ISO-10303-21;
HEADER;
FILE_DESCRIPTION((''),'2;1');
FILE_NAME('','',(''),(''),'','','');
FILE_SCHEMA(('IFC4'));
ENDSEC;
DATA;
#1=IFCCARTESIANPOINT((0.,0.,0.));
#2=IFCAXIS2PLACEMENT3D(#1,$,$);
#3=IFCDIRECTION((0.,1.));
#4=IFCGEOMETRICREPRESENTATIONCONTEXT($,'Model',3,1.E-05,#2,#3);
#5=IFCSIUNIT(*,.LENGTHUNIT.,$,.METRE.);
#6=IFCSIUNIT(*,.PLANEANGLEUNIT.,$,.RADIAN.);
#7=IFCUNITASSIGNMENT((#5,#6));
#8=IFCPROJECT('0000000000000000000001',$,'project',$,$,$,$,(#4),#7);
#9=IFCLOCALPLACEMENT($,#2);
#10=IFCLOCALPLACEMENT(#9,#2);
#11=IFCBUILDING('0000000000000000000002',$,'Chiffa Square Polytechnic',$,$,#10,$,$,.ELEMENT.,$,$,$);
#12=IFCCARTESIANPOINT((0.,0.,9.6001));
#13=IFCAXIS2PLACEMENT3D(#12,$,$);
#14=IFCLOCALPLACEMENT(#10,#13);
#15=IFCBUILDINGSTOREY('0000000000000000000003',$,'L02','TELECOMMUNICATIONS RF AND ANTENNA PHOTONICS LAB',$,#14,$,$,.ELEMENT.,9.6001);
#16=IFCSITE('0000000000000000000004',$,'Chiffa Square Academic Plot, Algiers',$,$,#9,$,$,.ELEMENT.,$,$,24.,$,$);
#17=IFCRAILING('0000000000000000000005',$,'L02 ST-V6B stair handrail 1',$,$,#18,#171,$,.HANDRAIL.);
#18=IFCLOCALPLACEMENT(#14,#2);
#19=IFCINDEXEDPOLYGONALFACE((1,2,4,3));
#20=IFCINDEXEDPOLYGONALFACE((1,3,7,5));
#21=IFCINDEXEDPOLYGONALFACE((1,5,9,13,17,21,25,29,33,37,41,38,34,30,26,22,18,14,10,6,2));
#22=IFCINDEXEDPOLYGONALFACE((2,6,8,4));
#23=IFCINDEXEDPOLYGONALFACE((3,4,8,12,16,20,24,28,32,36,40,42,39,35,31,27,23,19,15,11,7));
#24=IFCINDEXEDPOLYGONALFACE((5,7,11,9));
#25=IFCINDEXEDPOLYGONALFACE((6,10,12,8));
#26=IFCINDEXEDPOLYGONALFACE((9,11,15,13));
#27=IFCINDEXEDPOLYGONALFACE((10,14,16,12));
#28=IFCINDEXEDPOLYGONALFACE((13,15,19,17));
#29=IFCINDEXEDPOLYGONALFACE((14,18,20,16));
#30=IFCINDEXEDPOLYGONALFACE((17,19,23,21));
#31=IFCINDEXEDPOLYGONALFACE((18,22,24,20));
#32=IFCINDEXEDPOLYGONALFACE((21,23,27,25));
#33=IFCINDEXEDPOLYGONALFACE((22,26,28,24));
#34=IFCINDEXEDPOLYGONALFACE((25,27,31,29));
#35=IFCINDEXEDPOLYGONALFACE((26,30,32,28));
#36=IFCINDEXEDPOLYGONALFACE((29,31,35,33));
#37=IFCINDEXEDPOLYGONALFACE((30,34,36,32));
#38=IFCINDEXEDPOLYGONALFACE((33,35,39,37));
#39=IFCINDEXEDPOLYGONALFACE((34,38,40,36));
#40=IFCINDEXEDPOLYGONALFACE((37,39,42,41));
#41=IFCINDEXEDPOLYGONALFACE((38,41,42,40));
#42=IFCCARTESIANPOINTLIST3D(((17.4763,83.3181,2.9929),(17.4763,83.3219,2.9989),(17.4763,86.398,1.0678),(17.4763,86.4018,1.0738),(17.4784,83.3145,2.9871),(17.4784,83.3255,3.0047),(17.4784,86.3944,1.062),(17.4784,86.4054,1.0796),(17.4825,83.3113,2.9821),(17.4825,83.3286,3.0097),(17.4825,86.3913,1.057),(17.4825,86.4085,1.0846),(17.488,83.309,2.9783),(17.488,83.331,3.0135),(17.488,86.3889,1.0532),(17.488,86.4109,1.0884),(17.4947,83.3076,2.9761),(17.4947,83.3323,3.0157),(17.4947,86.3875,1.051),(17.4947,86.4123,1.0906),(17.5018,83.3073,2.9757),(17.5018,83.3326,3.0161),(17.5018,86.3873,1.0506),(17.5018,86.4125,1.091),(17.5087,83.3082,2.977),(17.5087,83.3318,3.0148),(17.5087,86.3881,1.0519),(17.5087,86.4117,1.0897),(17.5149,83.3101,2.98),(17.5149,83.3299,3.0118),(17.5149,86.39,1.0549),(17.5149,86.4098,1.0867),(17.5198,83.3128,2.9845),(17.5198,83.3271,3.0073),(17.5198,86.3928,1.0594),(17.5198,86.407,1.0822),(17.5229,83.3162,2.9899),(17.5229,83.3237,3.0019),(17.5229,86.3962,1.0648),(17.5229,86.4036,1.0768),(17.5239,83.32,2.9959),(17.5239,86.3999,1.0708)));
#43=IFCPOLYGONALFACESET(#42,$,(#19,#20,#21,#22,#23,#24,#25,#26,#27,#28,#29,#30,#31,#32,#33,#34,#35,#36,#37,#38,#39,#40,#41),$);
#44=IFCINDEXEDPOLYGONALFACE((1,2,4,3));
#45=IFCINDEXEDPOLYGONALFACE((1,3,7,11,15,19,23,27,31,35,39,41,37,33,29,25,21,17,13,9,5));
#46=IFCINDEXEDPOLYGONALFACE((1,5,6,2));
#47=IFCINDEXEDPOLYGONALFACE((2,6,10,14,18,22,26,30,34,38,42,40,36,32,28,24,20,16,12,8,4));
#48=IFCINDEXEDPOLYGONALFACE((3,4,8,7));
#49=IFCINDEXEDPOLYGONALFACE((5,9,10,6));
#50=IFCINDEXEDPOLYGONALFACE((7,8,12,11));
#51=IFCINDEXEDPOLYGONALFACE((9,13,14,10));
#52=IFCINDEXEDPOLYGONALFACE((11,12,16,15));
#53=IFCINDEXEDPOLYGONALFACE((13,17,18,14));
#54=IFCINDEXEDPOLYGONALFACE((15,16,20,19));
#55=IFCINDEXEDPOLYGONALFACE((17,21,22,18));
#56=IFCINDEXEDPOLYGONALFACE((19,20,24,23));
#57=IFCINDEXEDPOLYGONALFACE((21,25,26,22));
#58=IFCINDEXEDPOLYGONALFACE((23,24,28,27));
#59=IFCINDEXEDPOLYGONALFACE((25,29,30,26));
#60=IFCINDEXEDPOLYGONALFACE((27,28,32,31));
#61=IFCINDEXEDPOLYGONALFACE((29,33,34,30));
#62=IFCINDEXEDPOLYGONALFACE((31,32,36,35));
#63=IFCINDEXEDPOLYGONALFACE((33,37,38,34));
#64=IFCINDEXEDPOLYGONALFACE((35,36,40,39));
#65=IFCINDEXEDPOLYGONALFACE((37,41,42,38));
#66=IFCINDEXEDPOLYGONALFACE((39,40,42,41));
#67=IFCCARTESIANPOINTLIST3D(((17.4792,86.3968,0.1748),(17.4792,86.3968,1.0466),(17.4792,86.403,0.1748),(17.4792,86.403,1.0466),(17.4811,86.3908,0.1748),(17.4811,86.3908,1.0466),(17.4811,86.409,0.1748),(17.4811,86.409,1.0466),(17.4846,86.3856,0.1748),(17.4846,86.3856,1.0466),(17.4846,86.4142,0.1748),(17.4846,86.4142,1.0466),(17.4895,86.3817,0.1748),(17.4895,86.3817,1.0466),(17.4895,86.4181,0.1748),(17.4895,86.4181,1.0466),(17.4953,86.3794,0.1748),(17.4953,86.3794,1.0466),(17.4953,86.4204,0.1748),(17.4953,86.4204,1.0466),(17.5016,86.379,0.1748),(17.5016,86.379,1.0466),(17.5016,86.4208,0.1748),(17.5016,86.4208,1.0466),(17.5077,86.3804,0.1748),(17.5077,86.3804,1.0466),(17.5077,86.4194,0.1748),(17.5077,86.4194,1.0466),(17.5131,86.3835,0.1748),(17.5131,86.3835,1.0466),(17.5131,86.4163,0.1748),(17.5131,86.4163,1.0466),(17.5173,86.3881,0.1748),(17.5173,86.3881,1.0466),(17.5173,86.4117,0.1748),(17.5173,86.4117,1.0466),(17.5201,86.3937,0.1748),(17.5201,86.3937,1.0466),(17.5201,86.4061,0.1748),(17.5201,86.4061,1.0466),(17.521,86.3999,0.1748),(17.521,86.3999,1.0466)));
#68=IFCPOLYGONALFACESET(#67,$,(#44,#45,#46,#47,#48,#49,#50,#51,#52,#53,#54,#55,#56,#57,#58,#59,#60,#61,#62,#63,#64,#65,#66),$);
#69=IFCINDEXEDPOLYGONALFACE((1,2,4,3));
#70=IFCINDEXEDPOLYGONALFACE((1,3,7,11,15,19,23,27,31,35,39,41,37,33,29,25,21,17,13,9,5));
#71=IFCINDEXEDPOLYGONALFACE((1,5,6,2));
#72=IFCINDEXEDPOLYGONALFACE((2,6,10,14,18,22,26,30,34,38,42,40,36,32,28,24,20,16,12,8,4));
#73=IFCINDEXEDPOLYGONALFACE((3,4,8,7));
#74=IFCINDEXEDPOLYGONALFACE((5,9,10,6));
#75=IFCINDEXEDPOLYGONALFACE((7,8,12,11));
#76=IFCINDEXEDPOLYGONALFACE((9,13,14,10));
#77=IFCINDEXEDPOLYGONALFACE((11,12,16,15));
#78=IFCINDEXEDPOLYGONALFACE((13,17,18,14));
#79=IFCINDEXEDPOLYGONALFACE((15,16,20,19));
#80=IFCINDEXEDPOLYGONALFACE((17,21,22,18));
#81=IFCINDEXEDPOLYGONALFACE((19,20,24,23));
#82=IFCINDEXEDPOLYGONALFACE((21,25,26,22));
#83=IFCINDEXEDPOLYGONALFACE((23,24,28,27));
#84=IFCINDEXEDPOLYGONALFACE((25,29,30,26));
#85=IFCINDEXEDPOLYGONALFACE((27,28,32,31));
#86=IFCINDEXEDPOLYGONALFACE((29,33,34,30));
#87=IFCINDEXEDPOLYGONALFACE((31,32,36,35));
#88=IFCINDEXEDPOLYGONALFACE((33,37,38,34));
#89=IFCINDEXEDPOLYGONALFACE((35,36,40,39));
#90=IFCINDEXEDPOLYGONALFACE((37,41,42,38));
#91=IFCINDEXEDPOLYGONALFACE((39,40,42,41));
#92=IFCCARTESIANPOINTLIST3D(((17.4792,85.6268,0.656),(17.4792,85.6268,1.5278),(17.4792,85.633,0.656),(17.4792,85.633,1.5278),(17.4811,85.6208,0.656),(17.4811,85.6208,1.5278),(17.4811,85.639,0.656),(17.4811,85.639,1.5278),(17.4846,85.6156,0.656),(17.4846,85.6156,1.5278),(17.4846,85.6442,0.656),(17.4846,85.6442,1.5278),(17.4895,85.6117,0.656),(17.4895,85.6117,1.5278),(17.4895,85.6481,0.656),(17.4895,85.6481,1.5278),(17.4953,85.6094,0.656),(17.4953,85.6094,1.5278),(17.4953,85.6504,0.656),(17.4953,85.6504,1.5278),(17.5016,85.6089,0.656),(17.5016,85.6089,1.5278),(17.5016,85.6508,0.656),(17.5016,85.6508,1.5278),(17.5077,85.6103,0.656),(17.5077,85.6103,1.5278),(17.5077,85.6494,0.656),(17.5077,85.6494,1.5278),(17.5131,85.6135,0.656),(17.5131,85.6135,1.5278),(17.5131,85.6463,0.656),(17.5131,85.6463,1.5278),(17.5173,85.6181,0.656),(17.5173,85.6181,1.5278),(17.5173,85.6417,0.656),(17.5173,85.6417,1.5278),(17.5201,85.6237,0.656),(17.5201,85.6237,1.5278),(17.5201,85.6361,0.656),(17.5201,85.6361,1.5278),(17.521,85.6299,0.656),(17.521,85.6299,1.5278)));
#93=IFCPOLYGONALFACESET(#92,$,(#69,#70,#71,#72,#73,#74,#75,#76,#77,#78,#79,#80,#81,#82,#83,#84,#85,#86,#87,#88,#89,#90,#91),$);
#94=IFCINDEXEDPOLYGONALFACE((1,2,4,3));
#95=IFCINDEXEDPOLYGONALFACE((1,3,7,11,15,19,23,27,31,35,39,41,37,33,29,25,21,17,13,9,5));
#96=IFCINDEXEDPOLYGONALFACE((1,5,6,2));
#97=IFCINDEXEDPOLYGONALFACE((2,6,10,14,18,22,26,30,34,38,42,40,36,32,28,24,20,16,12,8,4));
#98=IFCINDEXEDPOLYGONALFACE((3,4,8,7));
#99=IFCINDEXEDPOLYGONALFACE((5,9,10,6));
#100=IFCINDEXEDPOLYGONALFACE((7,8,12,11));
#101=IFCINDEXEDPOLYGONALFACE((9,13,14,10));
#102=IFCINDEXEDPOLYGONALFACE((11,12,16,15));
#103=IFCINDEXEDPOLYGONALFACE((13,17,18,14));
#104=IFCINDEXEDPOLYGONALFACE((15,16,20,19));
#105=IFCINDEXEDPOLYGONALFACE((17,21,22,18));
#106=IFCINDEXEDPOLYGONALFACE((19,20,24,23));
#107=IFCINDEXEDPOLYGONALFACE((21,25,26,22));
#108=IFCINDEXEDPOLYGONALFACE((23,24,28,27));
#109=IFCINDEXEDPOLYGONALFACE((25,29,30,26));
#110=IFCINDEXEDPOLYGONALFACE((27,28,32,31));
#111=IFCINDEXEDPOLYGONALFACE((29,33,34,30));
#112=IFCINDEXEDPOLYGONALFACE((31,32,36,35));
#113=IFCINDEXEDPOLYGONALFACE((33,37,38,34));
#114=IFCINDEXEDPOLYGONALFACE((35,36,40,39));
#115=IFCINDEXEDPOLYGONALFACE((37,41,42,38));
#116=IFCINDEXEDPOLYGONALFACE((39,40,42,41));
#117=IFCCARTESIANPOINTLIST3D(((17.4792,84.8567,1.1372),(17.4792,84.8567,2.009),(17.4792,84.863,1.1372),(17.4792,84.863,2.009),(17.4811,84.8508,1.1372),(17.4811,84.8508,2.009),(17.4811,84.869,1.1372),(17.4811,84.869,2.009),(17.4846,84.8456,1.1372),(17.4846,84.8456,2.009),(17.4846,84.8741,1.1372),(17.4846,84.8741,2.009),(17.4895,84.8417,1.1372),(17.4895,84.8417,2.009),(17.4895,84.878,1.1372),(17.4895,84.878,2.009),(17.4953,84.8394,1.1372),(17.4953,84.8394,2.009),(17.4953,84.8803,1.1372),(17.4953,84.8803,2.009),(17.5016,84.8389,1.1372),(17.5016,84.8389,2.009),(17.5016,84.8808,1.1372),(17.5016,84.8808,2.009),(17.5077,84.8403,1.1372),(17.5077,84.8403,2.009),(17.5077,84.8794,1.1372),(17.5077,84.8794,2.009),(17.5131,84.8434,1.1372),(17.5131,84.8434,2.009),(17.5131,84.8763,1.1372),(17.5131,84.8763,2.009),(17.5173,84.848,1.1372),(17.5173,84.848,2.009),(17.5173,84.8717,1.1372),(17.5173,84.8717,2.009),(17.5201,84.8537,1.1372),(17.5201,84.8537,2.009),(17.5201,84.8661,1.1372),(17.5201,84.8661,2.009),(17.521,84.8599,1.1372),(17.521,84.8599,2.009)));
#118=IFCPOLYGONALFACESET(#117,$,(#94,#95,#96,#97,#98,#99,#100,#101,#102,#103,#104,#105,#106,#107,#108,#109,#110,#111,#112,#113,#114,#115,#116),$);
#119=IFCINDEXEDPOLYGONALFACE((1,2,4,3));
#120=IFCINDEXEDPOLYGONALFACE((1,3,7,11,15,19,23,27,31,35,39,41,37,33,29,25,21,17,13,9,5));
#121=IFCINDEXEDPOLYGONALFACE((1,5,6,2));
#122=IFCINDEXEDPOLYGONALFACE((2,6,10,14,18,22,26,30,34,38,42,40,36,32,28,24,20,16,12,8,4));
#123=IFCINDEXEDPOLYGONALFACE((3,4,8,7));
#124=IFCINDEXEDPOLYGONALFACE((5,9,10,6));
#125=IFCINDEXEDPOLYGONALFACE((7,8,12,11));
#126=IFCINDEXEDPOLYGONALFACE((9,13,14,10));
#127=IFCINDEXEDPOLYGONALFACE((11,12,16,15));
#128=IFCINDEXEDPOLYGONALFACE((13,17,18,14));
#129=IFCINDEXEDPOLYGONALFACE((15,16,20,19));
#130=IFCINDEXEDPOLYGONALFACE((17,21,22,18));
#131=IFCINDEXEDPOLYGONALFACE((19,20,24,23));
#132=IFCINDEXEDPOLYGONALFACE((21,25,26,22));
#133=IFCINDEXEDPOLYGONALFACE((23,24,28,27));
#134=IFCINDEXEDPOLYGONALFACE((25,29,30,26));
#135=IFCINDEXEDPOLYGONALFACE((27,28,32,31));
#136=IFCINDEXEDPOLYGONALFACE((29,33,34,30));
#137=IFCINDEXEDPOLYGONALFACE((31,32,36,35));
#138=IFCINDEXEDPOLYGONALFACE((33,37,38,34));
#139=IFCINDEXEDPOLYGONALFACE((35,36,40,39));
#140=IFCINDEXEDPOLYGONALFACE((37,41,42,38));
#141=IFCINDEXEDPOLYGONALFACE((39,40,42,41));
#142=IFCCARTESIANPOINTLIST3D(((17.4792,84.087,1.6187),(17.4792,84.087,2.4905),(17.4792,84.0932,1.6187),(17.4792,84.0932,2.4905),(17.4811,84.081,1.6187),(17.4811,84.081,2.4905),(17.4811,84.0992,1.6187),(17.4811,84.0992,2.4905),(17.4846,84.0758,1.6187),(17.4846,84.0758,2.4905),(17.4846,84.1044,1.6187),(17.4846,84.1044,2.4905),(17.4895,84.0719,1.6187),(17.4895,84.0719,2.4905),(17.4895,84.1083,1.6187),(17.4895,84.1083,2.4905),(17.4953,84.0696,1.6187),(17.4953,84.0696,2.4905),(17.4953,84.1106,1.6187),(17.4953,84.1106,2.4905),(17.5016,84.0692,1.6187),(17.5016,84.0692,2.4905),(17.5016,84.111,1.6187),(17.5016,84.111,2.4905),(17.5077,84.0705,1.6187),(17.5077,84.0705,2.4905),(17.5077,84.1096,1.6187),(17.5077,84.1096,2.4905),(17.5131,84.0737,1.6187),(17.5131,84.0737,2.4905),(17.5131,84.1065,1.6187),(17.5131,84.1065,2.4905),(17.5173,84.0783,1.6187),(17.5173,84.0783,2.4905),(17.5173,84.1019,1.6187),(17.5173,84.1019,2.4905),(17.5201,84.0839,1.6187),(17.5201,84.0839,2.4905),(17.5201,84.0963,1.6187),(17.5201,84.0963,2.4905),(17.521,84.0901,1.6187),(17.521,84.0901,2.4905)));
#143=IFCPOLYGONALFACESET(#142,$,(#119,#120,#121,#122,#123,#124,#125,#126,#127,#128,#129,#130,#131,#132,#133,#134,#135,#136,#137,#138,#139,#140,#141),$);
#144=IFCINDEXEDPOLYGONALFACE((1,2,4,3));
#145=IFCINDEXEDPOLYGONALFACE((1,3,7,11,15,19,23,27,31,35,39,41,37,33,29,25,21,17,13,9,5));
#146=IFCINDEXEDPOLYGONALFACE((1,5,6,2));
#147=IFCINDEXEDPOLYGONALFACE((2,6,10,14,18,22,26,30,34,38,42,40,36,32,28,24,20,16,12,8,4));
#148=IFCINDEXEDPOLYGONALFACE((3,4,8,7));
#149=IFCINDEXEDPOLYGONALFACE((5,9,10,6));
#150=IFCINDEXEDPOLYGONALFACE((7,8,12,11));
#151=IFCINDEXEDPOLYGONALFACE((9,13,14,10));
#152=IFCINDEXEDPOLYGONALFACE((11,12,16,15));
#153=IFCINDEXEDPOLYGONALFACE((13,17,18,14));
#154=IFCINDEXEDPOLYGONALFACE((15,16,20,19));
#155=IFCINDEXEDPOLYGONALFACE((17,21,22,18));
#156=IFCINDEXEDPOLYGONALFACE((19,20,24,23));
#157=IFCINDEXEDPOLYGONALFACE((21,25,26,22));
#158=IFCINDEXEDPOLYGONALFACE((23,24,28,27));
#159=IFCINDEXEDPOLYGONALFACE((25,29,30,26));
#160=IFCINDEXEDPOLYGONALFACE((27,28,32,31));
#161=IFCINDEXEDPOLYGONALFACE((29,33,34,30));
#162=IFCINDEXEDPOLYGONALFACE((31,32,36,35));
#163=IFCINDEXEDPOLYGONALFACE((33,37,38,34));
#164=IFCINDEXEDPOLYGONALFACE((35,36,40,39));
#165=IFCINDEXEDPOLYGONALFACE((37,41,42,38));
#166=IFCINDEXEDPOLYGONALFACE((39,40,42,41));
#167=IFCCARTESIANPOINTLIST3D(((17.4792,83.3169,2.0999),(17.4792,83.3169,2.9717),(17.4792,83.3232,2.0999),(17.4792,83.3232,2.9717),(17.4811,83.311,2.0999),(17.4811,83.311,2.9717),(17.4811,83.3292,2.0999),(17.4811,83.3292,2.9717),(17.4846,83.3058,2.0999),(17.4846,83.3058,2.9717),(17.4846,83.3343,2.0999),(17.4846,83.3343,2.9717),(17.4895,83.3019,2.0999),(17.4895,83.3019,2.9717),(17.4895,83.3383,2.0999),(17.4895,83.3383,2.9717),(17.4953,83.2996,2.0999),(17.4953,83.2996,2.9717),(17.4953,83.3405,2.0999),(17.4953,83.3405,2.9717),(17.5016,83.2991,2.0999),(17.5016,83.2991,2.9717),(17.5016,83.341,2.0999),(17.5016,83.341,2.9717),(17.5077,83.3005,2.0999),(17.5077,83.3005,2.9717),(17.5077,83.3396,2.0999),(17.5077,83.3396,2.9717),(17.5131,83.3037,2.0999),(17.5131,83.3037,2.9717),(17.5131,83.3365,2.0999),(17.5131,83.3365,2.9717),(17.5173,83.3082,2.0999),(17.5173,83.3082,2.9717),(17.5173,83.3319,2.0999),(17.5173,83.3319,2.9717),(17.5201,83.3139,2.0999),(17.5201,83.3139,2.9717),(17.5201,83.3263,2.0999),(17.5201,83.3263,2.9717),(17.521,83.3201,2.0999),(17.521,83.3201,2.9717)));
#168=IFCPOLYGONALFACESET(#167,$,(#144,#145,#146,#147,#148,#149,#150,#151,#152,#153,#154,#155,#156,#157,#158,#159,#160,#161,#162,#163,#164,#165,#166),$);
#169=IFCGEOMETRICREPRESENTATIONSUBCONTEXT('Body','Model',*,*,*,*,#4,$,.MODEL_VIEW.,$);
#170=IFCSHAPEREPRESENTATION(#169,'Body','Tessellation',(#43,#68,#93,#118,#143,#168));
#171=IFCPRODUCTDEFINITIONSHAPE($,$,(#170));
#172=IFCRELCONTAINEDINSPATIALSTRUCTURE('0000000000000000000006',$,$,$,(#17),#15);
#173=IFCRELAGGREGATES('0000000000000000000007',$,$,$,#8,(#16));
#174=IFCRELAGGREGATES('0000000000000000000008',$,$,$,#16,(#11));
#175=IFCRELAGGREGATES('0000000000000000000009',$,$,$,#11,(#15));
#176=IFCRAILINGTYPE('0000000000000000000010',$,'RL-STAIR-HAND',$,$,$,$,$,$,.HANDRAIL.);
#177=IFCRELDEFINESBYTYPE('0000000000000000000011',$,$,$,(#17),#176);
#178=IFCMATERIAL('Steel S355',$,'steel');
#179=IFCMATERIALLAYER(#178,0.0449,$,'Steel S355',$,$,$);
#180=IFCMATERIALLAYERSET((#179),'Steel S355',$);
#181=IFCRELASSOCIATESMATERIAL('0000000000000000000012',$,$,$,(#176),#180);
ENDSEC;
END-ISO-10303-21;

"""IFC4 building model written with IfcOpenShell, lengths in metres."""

from ifc_helpers import new_model, si_unit, direction, frame, origin, origin_2d, place, context, subcontext, project, spatial, circle, extrude, material, layer, layer_set, type_object, element, save


model = new_model("IFC4")

# Units and contexts
model_context = context("Model", 3, precision=1e-05, world=origin(), true_north=direction((0.0, 1.0)))
body_context = subcontext(model_context, "Body", "Model", "MODEL_VIEW")
ifc_project = project(units=[si_unit("LENGTHUNIT", "METRE"), si_unit("PLANEANGLEUNIT", "RADIAN")], contexts=[model_context])

# Site, building, storey
site_placement = place(None, origin())
site = spatial("IfcSite", under=ifc_project, at=site_placement, Name="Chiffa Square Academic Plot, Algiers", CompositionType="ELEMENT", RefElevation=24.0)
building_placement = place(site_placement, origin())
building = spatial("IfcBuilding", under=site, at=building_placement, Name="Chiffa Square Polytechnic", CompositionType="ELEMENT")
storey_placement = place(building_placement, frame((0.0, 0.0, 9.6001)))
storey = spatial("IfcBuildingStorey", under=building, at=storey_placement, Name="L02", Description="TELECOMMUNICATIONS RF AND ANTENNA PHOTONICS LAB", CompositionType="ELEMENT", Elevation=9.6001)

# Railing
ifc_material_1 = material(Name="Steel S355", Category="steel")
ifc_layer_1 = layer(ifc_material_1, 0.0449, Name="Steel S355")
ifc_layer_set_1 = layer_set([ifc_layer_1], Name="Steel S355")
railing_type_1 = type_object("IfcRailingType", Name="RL-STAIR-HAND", PredefinedType="HANDRAIL", material=ifc_layer_set_1)
railing_1_placement = place(storey_placement, frame((17.5, 86.3999, 0.1748)))
element("IfcRailing", 1, at=railing_1_placement, inside=storey, type_object=railing_type_1, Name="L02 ST-V6B stair handrail 1", PredefinedType="HANDRAIL", context=body_context, shape_type="SweptSolid", body=[
    extrude(circle(Radius=0.0239, at=origin_2d()), frame((0.0, 0.0, 0.896), z_axis=(0.0, -0.847979, 0.530029), x_axis=(1.0, 0.0, 0.0)), (0.0, 0.0, 1.0), 3.6321),
    extrude(circle(Radius=0.021, at=origin_2d()), origin(), (0.0, 0.0, 1.0), 0.8718),
    extrude(circle(Radius=0.021, at=origin_2d()), frame((0.0, -0.77, 0.4812)), (0.0, 0.0, 1.0), 0.8718),
    extrude(circle(Radius=0.021, at=origin_2d()), frame((0.0, -1.54, 0.9624)), (0.0, 0.0, 1.0), 0.8718),
    extrude(circle(Radius=0.021, at=origin_2d()), frame((0.0, -2.3098, 1.4438)), (0.0, 0.0, 1.0), 0.8718),
    extrude(circle(Radius=0.021, at=origin_2d()), frame((0.0, -3.0798, 1.925)), (0.0, 0.0, 1.0), 0.8718),
])

save(model, "model.ifc")
